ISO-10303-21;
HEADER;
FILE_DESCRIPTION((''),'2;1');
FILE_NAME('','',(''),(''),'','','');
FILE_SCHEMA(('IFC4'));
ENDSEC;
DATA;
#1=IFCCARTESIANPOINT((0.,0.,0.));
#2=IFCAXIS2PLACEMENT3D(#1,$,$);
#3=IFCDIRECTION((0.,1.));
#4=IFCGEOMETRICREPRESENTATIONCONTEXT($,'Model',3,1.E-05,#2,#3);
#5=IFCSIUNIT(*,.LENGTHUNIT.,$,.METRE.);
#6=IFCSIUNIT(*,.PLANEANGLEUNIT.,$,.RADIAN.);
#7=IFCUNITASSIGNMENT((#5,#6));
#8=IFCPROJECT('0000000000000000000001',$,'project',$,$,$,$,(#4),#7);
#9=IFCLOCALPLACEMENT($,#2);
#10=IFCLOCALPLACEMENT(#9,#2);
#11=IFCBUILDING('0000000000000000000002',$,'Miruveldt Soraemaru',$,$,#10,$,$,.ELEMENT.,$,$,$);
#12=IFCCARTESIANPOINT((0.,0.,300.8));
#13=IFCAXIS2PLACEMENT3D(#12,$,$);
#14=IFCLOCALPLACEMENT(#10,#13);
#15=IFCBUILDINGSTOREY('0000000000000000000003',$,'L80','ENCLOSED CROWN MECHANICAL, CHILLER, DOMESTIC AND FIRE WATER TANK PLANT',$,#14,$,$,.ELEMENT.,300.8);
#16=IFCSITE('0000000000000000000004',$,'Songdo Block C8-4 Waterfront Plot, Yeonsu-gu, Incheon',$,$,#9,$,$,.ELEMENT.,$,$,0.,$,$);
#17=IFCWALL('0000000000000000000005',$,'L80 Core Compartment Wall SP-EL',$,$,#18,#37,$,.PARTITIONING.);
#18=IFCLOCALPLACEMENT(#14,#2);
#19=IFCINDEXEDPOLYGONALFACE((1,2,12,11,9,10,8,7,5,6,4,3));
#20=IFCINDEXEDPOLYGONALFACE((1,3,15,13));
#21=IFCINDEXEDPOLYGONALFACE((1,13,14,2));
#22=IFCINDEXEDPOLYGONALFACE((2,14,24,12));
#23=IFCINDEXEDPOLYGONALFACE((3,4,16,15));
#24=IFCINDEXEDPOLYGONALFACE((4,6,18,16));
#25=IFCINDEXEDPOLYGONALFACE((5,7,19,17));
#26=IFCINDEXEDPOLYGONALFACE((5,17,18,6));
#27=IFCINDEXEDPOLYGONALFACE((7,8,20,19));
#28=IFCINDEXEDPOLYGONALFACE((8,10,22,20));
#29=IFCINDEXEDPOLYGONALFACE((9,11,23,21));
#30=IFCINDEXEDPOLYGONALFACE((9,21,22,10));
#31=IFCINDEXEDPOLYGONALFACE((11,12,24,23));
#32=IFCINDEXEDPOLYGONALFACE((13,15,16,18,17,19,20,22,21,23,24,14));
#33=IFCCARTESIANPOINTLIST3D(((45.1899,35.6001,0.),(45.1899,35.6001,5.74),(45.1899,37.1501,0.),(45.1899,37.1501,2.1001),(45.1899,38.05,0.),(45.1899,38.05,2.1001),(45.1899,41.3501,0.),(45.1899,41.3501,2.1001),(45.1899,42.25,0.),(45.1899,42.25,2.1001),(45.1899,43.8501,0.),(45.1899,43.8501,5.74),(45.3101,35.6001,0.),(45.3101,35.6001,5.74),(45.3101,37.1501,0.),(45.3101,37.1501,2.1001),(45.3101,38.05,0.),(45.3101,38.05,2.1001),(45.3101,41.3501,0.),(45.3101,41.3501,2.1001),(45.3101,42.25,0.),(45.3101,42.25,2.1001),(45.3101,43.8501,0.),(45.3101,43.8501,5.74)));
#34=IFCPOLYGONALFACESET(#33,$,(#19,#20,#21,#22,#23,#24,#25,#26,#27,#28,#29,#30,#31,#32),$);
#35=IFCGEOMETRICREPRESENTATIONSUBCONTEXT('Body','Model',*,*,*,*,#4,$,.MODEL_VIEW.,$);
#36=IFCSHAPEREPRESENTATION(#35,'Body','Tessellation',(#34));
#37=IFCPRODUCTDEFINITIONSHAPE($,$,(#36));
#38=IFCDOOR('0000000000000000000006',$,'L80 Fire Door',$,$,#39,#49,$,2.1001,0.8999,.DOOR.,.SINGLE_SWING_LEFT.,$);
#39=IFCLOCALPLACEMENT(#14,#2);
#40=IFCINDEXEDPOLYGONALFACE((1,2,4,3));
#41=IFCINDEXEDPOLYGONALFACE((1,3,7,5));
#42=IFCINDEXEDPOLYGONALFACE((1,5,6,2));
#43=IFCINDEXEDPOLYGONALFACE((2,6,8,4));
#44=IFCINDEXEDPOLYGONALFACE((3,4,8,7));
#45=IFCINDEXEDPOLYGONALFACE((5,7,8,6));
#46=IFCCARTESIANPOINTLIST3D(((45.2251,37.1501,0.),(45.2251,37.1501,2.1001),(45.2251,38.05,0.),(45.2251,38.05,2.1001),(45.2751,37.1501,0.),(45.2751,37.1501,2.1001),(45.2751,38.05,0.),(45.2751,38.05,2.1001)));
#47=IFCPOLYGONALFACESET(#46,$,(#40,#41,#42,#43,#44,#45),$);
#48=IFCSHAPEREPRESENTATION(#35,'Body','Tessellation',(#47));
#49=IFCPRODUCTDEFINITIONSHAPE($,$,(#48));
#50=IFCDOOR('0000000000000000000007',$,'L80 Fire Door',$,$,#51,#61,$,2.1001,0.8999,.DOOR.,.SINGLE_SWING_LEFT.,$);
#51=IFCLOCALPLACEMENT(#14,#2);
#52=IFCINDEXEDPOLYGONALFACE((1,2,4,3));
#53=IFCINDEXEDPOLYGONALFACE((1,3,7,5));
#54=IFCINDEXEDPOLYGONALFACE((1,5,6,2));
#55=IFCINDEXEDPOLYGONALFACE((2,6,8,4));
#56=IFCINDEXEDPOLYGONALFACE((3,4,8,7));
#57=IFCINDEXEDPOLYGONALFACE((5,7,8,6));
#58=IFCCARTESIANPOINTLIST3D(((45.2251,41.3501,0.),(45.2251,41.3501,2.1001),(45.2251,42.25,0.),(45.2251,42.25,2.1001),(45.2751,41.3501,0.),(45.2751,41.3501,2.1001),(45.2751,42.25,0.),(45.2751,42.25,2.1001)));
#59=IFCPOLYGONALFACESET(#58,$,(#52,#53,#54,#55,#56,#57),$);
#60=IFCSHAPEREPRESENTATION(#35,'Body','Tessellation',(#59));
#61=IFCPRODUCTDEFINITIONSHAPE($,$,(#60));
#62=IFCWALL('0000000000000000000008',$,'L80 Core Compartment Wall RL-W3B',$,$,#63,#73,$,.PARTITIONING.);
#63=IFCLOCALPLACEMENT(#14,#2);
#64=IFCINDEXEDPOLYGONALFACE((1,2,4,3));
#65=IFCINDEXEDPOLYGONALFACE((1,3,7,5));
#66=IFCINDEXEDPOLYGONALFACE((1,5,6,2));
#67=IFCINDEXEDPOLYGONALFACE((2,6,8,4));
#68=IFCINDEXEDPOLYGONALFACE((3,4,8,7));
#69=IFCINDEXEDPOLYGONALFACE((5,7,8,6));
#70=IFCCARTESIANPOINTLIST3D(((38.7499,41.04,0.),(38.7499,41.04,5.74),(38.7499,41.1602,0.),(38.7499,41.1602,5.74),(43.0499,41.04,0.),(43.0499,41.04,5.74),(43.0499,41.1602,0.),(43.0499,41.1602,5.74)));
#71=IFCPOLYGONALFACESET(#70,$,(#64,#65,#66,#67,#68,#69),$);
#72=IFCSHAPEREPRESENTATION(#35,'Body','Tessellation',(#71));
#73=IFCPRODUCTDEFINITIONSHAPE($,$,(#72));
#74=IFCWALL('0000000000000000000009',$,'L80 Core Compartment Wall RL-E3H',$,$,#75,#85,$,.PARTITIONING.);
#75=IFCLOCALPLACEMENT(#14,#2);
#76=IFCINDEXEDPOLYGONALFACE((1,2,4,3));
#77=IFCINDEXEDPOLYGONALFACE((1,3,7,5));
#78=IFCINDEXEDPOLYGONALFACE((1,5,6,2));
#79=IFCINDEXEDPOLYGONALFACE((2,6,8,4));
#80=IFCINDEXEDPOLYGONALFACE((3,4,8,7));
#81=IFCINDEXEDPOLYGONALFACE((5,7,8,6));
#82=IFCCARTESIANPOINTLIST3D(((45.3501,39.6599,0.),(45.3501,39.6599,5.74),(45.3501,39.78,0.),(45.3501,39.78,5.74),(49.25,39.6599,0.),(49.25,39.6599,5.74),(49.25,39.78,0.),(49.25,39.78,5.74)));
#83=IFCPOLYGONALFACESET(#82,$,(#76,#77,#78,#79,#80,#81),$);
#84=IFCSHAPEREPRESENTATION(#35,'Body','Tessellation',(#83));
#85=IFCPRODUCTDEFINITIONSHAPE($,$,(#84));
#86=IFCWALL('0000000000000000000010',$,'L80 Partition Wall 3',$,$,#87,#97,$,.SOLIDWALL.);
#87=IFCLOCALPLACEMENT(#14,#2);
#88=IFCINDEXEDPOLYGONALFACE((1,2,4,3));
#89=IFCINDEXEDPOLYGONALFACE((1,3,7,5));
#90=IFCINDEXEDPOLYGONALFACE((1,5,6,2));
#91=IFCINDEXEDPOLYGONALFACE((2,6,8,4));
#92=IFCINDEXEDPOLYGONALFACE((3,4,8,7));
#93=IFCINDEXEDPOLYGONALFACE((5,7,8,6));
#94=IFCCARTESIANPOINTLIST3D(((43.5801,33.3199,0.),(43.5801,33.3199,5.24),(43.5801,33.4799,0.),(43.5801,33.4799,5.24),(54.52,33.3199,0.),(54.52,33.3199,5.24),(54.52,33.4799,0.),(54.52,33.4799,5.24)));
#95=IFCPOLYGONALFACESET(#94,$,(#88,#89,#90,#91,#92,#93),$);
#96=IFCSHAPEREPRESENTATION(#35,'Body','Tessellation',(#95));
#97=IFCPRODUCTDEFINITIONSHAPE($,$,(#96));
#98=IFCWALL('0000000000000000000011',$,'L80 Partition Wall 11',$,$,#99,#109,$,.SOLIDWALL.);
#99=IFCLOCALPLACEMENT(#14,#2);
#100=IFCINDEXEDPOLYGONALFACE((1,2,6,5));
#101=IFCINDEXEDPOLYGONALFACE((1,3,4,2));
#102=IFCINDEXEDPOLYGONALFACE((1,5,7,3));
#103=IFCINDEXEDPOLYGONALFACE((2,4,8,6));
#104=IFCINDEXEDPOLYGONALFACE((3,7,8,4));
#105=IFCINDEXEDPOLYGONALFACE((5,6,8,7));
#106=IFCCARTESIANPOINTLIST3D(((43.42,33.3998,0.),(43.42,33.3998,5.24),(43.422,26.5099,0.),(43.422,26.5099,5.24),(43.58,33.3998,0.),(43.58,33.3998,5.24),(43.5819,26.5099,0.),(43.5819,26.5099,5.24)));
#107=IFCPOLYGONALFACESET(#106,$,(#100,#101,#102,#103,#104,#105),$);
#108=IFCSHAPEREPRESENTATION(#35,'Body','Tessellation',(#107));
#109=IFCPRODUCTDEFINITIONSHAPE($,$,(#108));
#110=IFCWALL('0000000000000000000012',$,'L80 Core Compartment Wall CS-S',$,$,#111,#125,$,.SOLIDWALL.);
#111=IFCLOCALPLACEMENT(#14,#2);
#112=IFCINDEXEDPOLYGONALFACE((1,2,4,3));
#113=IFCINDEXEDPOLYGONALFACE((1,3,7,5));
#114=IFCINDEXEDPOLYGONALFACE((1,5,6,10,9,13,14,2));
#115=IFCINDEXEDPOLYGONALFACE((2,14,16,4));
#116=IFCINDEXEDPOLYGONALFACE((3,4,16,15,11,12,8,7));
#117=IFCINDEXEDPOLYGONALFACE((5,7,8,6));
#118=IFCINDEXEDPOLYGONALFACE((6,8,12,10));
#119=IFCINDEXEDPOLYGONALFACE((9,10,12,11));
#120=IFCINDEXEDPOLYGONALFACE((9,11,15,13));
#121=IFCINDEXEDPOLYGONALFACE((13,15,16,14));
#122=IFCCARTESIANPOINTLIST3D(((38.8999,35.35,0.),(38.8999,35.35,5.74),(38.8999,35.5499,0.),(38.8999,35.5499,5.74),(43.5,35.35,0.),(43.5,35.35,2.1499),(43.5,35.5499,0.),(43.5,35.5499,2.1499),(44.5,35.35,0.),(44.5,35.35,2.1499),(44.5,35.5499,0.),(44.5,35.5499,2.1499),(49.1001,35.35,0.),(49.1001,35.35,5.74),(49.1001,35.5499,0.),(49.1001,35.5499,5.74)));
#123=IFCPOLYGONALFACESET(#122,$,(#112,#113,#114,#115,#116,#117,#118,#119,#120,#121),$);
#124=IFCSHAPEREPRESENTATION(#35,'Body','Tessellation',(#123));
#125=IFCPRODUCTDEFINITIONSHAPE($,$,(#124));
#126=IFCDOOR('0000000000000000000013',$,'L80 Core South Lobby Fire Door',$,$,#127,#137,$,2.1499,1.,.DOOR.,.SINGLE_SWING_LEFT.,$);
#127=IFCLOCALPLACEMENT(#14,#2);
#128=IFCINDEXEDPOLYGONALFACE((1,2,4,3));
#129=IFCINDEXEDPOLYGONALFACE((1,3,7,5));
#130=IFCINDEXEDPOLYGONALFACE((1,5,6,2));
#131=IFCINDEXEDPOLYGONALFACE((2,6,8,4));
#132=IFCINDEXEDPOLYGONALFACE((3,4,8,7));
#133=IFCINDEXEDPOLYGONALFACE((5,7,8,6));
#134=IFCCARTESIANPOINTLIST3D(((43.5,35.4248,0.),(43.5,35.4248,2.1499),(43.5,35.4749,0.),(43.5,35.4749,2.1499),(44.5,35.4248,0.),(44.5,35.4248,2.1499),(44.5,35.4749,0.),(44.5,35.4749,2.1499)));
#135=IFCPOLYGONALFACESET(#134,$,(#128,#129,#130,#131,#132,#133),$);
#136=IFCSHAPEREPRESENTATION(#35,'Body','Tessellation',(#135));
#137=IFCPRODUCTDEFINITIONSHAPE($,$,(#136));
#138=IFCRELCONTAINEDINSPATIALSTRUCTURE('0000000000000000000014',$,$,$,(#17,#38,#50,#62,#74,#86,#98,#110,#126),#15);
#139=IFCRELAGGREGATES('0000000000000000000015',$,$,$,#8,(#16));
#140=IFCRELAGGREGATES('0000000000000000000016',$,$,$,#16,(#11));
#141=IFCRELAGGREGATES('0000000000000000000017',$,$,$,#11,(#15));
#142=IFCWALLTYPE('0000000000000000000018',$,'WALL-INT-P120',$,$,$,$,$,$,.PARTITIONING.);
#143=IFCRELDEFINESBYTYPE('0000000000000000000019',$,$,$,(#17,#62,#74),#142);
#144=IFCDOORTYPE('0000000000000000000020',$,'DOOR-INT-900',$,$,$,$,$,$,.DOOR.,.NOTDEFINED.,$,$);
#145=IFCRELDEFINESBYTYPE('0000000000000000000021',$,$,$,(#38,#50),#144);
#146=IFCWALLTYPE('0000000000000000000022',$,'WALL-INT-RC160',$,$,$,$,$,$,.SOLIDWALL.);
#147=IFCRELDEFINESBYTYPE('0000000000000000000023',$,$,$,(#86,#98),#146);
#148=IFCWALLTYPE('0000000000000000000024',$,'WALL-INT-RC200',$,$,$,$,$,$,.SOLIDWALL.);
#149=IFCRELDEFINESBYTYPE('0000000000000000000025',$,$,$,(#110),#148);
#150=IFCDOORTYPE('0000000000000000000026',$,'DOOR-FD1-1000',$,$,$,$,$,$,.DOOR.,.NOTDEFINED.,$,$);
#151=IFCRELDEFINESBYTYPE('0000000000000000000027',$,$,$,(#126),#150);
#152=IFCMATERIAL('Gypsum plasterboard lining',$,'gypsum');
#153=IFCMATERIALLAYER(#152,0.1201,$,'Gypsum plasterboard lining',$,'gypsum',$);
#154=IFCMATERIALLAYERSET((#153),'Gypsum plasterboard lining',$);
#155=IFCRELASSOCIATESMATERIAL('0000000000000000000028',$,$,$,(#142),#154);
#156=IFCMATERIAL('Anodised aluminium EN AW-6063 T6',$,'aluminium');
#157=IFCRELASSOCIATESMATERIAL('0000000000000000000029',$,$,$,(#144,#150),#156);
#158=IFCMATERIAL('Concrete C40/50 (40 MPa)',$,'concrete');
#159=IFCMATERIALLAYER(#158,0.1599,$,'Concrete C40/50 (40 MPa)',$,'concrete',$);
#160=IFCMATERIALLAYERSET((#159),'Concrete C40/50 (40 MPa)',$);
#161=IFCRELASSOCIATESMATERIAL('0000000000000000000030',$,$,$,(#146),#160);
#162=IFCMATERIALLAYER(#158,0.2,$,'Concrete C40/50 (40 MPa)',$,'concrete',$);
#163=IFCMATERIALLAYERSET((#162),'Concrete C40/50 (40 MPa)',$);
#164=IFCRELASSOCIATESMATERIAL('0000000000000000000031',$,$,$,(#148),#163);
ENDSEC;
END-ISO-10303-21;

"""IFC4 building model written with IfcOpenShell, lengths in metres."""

from ifc_helpers import new_model, si_unit, direction, frame, frame_2d, origin, place, context, subcontext, project, spatial, rectangle, extrude, material, layer, layer_set, type_object, element, fill, save


model = new_model("IFC4")

# Units and contexts
model_context = context("Model", 3, precision=1e-05, world=origin(), true_north=direction((0.0, 1.0)))
body_context = subcontext(model_context, "Body", "Model", "MODEL_VIEW")
ifc_project = project(units=[si_unit("LENGTHUNIT", "METRE"), si_unit("PLANEANGLEUNIT", "RADIAN")], contexts=[model_context])

# Site, building, storey
site_placement = place(None, origin())
site = spatial("IfcSite", under=ifc_project, at=site_placement, Name="Songdo Block C8-4 Waterfront Plot, Yeonsu-gu, Incheon", CompositionType="ELEMENT", RefElevation=0.0)
building_placement = place(site_placement, origin())
building = spatial("IfcBuilding", under=site, at=building_placement, Name="Miruveldt Soraemaru", CompositionType="ELEMENT")
storey_placement = place(building_placement, frame((0.0, 0.0, 300.8)))
storey = spatial("IfcBuildingStorey", under=building, at=storey_placement, Name="L80", Description="ENCLOSED CROWN MECHANICAL, CHILLER, DOMESTIC AND FIRE WATER TANK PLANT", CompositionType="ELEMENT", Elevation=300.8)

# Wall, openings, doors
ifc_material_1 = material(Name="Gypsum plasterboard lining", Category="gypsum")
ifc_layer_1 = layer(ifc_material_1, 0.1201, Name="Gypsum plasterboard lining", Category="gypsum")
ifc_layer_set_1 = layer_set([ifc_layer_1], Name="Gypsum plasterboard lining")
wall_type_1 = type_object("IfcWallType", Name="WALL-INT-P120", PredefinedType="PARTITIONING", material=ifc_layer_set_1)
ifc_material_2 = material(Name="Anodised aluminium EN AW-6063 T6", Category="aluminium")
wall_1_placement = place(storey_placement, frame((45.25, 35.6001, 0.0), z_axis=(0.0, 0.0, 1.0), x_axis=(0.0, 1.0, 0.0)))
wall_1 = element("IfcWall", 1, at=wall_1_placement, inside=storey, type_object=wall_type_1, Name="L80 Core Compartment Wall SP-EL", PredefinedType="PARTITIONING", context=body_context, shape_type="SweptSolid", body=[
    extrude(rectangle(XDim=8.25, YDim=0.1201, at=frame_2d((4.125, 0.0))), origin(), (0.0, 0.0, 1.0), 5.74),
])
opening_1_placement = place(wall_1_placement, frame((1.55, 0.0, 0.0)))
opening_1 = element("IfcOpeningElement", 2, at=opening_1_placement, cuts=wall_1, PredefinedType="OPENING", context=body_context, shape_type="SweptSolid", body=[
    extrude(rectangle(XDim=0.8999, YDim=2.1001, at=frame_2d((0.45, 1.05))), frame((0.0, 0.0701, 0.0), z_axis=(0.0, -1.0, 0.0), x_axis=(1.0, 0.0, 0.0)), (0.0, 0.0, 1.0), 0.1401),
])
opening_2_placement = place(wall_1_placement, frame((5.75, 0.0, 0.0)))
opening_2 = element("IfcOpeningElement", 3, at=opening_2_placement, cuts=wall_1, PredefinedType="OPENING", context=body_context, shape_type="SweptSolid", body=[
    extrude(rectangle(XDim=0.8999, YDim=2.1001, at=frame_2d((0.45, 1.05))), frame((0.0, 0.0701, 0.0), z_axis=(0.0, -1.0, 0.0), x_axis=(1.0, 0.0, 0.0)), (0.0, 0.0, 1.0), 0.1401),
])
door_type_1 = type_object("IfcDoorType", Name="DOOR-INT-900", OperationType="NOTDEFINED", PredefinedType="DOOR", material=ifc_material_2)
door_1_placement = place(opening_1_placement, origin())
door_1 = element("IfcDoor", 4, at=door_1_placement, inside=storey, type_object=door_type_1, Name="L80 Fire Door", OperationType="SINGLE_SWING_LEFT", OverallHeight=2.1001, OverallWidth=0.8999, PredefinedType="DOOR", context=body_context, shape_type="SweptSolid", body=[
    extrude(rectangle(XDim=0.8999, YDim=2.1001, at=frame_2d((0.45, 1.05))), frame((0.0, 0.0249, 0.0), z_axis=(0.0, -1.0, 0.0), x_axis=(1.0, 0.0, 0.0)), (0.0, 0.0, 1.0), 0.05),
])
fill(opening_1, door_1)
door_2_placement = place(opening_2_placement, origin())
door_2 = element("IfcDoor", 5, at=door_2_placement, inside=storey, type_object=door_type_1, Name="L80 Fire Door", OperationType="SINGLE_SWING_LEFT", OverallHeight=2.1001, OverallWidth=0.8999, PredefinedType="DOOR", context=body_context, shape_type="SweptSolid", body=[
    extrude(rectangle(XDim=0.8999, YDim=2.1001, at=frame_2d((0.45, 1.05))), frame((0.0, 0.0249, 0.0), z_axis=(0.0, -1.0, 0.0), x_axis=(1.0, 0.0, 0.0)), (0.0, 0.0, 1.0), 0.05),
])
fill(opening_2, door_2)

# Walls
wall_2_placement = place(storey_placement, frame((38.75, 41.1001, 0.0), z_axis=(0.0, 0.0, 1.0), x_axis=(1.0, 0.0, 0.0)))
element("IfcWall", 6, at=wall_2_placement, inside=storey, type_object=wall_type_1, Name="L80 Core Compartment Wall RL-W3B", PredefinedType="PARTITIONING", context=body_context, shape_type="SweptSolid", body=[
    extrude(rectangle(XDim=4.3, YDim=0.1201, at=frame_2d((2.1499, 0.0))), origin(), (0.0, 0.0, 1.0), 5.74),
])
wall_3_placement = place(storey_placement, frame((45.3501, 39.72, 0.0), z_axis=(0.0, 0.0, 1.0), x_axis=(1.0, 0.0, 0.0)))
element("IfcWall", 7, at=wall_3_placement, inside=storey, type_object=wall_type_1, Name="L80 Core Compartment Wall RL-E3H", PredefinedType="PARTITIONING", context=body_context, shape_type="SweptSolid", body=[
    extrude(rectangle(XDim=3.8999, YDim=0.1201, at=frame_2d((1.95, 0.0))), origin(), (0.0, 0.0, 1.0), 5.74),
])
ifc_material_3 = material(Name="Concrete C40/50 (40 MPa)", Category="concrete")
ifc_layer_2 = layer(ifc_material_3, 0.1599, Name="Concrete C40/50 (40 MPa)", Category="concrete")
ifc_layer_set_2 = layer_set([ifc_layer_2], Name="Concrete C40/50 (40 MPa)")
wall_type_2 = type_object("IfcWallType", Name="WALL-INT-RC160", PredefinedType="SOLIDWALL", material=ifc_layer_set_2)
wall_4_placement = place(storey_placement, frame((43.5801, 33.3999, 0.0), z_axis=(0.0, 0.0, 1.0), x_axis=(1.0, 0.0, 0.0)))
element("IfcWall", 8, at=wall_4_placement, inside=storey, type_object=wall_type_2, Name="L80 Partition Wall 3", PredefinedType="SOLIDWALL", context=body_context, shape_type="SweptSolid", body=[
    extrude(rectangle(XDim=10.9399, YDim=0.1599, at=frame_2d((5.47, 0.0))), origin(), (0.0, 0.0, 1.0), 5.24),
])
wall_5_placement = place(storey_placement, frame((43.502, 26.51, 0.0), z_axis=(0.0, 0.0, 1.0), x_axis=(-0.000283, 1.0, 0.0)))
element("IfcWall", 9, at=wall_5_placement, inside=storey, type_object=wall_type_2, Name="L80 Partition Wall 11", PredefinedType="SOLIDWALL", context=body_context, shape_type="SweptSolid", body=[
    extrude(rectangle(XDim=6.8899, YDim=0.1599, at=frame_2d((3.4448, 0.0))), origin(), (0.0, 0.0, 1.0), 5.24),
])

# Wall, opening, door
ifc_layer_3 = layer(ifc_material_3, 0.2, Name="Concrete C40/50 (40 MPa)", Category="concrete")
ifc_layer_set_3 = layer_set([ifc_layer_3], Name="Concrete C40/50 (40 MPa)")
wall_type_3 = type_object("IfcWallType", Name="WALL-INT-RC200", PredefinedType="SOLIDWALL", material=ifc_layer_set_3)
wall_6_placement = place(storey_placement, frame((38.8999, 35.45, 0.0), z_axis=(0.0, 0.0, 1.0), x_axis=(1.0, 0.0, 0.0)))
wall_6 = element("IfcWall", 10, at=wall_6_placement, inside=storey, type_object=wall_type_3, Name="L80 Core Compartment Wall CS-S", PredefinedType="SOLIDWALL", context=body_context, shape_type="SweptSolid", body=[
    extrude(rectangle(XDim=10.2002, YDim=0.2, at=frame_2d((5.1001, 0.0))), origin(), (0.0, 0.0, 1.0), 5.74),
])
opening_3_placement = place(wall_6_placement, frame((4.6001, 0.0, 0.0)))
opening_3 = element("IfcOpeningElement", 11, at=opening_3_placement, cuts=wall_6, PredefinedType="OPENING", context=body_context, shape_type="SweptSolid", body=[
    extrude(rectangle(XDim=1.0, YDim=2.1499, at=frame_2d((0.5, 1.075))), frame((0.0, 0.1099, 0.0), z_axis=(0.0, -1.0, 0.0), x_axis=(1.0, 0.0, 0.0)), (0.0, 0.0, 1.0), 0.22),
])
door_type_2 = type_object("IfcDoorType", Name="DOOR-FD1-1000", OperationType="NOTDEFINED", PredefinedType="DOOR", material=ifc_material_2)
door_3_placement = place(opening_3_placement, origin())
door_3 = element("IfcDoor", 12, at=door_3_placement, inside=storey, type_object=door_type_2, Name="L80 Core South Lobby Fire Door", OperationType="SINGLE_SWING_LEFT", OverallHeight=2.1499, OverallWidth=1.0, PredefinedType="DOOR", context=body_context, shape_type="SweptSolid", body=[
    extrude(rectangle(XDim=1.0, YDim=2.1499, at=frame_2d((0.5, 1.075))), frame((0.0, 0.0249, 0.0), z_axis=(0.0, -1.0, 0.0), x_axis=(1.0, 0.0, 0.0)), (0.0, 0.0, 1.0), 0.05),
])
fill(opening_3, door_3)

save(model, "model.ifc")
